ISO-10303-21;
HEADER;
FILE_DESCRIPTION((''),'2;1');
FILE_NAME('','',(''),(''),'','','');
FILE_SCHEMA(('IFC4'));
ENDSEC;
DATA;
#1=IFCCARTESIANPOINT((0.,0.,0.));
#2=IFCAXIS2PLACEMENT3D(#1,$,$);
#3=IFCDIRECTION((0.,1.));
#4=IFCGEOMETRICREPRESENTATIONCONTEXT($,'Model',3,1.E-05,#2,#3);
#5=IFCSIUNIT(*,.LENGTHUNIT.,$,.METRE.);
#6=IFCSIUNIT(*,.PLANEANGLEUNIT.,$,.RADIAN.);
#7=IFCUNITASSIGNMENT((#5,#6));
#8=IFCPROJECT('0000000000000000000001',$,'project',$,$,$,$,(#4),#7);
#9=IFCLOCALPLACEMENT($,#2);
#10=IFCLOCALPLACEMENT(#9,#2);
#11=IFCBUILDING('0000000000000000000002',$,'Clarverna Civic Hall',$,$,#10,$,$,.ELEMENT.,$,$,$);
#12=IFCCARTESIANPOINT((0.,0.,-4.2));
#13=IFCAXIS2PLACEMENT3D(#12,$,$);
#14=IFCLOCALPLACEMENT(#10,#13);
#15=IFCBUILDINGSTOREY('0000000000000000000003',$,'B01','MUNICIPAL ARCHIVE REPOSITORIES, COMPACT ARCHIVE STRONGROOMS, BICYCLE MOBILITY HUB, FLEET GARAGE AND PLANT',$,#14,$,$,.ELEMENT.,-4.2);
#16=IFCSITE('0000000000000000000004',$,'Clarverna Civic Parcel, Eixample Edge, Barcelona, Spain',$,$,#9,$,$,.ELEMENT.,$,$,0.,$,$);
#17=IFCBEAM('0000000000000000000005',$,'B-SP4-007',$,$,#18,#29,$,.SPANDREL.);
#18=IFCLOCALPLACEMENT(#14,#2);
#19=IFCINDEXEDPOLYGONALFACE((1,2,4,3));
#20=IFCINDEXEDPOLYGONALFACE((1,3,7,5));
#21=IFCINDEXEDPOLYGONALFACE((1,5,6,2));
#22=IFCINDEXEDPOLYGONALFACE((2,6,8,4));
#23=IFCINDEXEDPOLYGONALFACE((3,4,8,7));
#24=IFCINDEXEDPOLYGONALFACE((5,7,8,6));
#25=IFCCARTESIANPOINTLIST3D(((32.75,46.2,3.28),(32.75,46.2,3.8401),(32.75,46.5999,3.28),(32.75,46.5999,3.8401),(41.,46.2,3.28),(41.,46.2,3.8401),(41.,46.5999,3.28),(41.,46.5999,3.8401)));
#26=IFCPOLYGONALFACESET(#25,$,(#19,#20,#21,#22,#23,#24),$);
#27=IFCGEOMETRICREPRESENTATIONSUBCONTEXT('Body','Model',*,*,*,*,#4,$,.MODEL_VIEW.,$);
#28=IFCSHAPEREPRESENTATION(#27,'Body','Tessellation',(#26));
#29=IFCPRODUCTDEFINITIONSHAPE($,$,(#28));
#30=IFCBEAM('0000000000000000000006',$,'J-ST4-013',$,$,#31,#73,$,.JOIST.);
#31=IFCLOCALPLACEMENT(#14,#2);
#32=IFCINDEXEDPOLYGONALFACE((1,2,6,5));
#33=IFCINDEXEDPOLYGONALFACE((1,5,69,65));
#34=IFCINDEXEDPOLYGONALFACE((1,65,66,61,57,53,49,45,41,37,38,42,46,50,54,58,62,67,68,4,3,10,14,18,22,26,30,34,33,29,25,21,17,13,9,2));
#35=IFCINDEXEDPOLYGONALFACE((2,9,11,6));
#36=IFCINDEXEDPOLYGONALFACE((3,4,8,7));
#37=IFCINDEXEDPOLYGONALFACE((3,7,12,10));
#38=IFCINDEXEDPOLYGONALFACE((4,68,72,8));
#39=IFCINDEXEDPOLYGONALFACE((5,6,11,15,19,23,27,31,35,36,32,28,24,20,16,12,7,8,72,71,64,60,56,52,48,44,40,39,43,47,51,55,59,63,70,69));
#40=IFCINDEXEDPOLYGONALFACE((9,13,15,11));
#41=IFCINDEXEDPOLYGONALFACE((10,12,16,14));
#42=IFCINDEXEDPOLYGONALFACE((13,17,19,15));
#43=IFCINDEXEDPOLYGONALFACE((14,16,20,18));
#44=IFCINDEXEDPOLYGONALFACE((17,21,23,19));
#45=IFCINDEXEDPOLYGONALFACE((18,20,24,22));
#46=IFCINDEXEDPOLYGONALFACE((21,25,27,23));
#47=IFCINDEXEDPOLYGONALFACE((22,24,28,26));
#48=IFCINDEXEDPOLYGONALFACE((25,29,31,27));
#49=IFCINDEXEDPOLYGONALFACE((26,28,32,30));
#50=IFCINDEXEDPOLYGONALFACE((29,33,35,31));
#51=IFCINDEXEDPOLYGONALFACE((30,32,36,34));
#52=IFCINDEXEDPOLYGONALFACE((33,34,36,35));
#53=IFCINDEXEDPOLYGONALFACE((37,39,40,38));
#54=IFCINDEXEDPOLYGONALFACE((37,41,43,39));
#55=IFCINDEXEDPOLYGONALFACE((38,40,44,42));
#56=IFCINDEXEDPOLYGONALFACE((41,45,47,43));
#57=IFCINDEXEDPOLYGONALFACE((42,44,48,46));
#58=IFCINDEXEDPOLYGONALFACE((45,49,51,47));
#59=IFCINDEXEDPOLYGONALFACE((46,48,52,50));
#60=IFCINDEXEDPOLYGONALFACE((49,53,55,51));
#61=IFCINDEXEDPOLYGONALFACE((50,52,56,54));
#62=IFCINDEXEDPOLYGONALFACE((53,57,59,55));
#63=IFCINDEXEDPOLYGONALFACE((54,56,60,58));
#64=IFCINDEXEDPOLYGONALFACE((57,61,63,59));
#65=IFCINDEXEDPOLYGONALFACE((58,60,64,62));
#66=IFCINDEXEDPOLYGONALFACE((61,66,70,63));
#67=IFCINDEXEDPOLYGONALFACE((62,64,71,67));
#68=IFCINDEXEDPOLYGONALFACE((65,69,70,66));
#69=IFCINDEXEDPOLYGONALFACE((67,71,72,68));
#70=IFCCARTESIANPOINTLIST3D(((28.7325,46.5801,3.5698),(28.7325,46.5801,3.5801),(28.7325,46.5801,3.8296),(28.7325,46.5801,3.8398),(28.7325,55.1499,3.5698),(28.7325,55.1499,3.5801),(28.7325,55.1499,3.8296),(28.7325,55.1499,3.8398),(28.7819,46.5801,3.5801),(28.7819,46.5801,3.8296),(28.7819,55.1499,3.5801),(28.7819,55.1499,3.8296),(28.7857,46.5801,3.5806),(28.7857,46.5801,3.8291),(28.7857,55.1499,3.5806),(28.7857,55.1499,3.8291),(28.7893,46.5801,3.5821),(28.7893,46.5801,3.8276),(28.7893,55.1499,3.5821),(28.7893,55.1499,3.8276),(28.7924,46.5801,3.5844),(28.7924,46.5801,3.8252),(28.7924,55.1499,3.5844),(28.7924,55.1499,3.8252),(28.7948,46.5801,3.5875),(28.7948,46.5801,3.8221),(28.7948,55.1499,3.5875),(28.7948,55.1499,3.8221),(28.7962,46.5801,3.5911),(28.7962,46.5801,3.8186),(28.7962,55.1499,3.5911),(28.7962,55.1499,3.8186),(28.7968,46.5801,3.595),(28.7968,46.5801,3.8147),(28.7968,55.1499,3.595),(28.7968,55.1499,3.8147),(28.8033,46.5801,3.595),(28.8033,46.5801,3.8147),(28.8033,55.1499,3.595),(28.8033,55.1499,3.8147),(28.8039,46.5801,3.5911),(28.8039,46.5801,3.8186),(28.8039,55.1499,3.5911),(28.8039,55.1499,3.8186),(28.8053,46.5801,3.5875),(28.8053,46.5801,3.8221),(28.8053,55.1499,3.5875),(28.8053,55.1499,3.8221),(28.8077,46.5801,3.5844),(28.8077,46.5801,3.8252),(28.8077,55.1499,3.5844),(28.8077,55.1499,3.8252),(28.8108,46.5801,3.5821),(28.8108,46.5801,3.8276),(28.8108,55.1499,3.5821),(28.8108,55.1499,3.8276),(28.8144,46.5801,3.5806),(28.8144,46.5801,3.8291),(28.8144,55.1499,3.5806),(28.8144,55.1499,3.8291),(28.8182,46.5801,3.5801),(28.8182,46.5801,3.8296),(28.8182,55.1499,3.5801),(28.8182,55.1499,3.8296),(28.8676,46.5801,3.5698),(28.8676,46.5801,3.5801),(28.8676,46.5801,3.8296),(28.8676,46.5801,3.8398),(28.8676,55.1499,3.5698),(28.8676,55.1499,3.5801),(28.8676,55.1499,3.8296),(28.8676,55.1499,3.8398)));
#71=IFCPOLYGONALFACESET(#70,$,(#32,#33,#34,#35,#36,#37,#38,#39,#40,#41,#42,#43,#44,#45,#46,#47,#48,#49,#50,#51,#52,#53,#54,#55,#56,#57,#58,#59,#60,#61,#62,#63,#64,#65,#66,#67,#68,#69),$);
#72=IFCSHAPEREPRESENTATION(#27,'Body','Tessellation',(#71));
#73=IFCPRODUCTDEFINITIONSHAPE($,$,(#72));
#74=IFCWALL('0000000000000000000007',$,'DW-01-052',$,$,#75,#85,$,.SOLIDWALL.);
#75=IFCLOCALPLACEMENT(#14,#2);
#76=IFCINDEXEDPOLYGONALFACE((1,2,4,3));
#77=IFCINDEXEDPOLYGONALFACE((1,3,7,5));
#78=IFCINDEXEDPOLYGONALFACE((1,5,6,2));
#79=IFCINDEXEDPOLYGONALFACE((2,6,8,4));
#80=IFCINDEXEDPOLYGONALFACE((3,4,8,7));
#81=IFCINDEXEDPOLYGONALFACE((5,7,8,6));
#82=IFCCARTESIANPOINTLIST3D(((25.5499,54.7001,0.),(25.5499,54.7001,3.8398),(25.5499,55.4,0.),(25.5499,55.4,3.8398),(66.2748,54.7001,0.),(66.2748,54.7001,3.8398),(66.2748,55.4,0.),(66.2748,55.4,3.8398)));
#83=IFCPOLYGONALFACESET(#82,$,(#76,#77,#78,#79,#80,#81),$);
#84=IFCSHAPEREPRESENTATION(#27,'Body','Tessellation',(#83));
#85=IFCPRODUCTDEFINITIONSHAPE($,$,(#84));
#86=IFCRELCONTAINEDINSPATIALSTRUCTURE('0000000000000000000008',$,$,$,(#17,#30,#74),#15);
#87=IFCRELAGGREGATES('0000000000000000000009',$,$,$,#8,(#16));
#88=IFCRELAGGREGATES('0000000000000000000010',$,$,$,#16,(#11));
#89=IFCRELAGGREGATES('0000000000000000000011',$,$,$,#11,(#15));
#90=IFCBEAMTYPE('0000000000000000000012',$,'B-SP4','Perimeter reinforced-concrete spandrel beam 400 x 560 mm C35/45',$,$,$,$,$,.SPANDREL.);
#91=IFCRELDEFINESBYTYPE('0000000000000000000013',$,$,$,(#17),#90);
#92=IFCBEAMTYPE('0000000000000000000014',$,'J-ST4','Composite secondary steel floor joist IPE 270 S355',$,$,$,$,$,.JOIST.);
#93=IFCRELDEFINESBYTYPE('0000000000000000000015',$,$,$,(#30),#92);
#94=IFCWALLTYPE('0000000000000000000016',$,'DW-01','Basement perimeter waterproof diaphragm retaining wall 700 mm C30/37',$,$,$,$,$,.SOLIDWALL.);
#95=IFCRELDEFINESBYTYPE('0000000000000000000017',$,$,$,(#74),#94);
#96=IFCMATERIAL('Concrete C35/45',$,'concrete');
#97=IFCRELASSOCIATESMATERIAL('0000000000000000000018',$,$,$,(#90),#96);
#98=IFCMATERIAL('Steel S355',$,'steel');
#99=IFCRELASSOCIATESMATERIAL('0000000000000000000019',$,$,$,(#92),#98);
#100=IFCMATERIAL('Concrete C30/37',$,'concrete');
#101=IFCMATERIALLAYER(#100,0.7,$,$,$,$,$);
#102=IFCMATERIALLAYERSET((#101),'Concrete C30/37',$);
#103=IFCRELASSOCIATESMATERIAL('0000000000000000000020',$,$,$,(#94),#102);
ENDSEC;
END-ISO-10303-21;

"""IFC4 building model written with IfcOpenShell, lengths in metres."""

from ifc_helpers import new_model, si_unit, direction, frame, frame_2d, origin, origin_2d, place, context, subcontext, project, spatial, rectangle, i_section, extrude, material, layer, layer_set, material_profile, profile_set, type_object, element, save


model = new_model("IFC4")

# Units and contexts
model_context = context("Model", 3, precision=1e-05, world=origin(), true_north=direction((0.0, 1.0)))
body_context = subcontext(model_context, "Body", "Model", "MODEL_VIEW")
ifc_project = project(units=[si_unit("LENGTHUNIT", "METRE"), si_unit("PLANEANGLEUNIT", "RADIAN")], contexts=[model_context])

# Site, building, storey
site_placement = place(None, origin())
site = spatial("IfcSite", under=ifc_project, at=site_placement, Name="Clarverna Civic Parcel, Eixample Edge, Barcelona, Spain", CompositionType="ELEMENT", RefElevation=0.0)
building_placement = place(site_placement, origin())
building = spatial("IfcBuilding", under=site, at=building_placement, Name="Clarverna Civic Hall", CompositionType="ELEMENT")
storey_placement = place(building_placement, frame((0.0, 0.0, -4.2)))
storey = spatial("IfcBuildingStorey", under=building, at=storey_placement, Name="B01", Description="MUNICIPAL ARCHIVE REPOSITORIES, COMPACT ARCHIVE STRONGROOMS, BICYCLE MOBILITY HUB, FLEET GARAGE AND PLANT", CompositionType="ELEMENT", Elevation=-4.2)

# Shared definitions
ifc_material_1 = material(Name="Concrete C30/37", Category="concrete")

# Beams
ifc_material_2 = material(Name="Concrete C35/45", Category="concrete")
ifc_material_profile_1 = material_profile(ifc_material_2, rectangle(XDim=0.3999, YDim=0.5601, at=origin_2d()), Name="RC 400x560")
ifc_profile_set_1 = profile_set([ifc_material_profile_1], Name="Concrete C35/45")
beam_type_1 = type_object("IfcBeamType", Name="B-SP4", Description="Perimeter reinforced-concrete spandrel beam 400 x 560 mm C35/45", PredefinedType="SPANDREL", material=ifc_profile_set_1)
beam_1_placement = place(storey_placement, frame((32.75, 46.3999, 3.5601), z_axis=(1.0, 0.0, 0.0), x_axis=(0.0, 1.0, 0.0)))
element("IfcBeam", 1, at=beam_1_placement, inside=storey, type_object=beam_type_1, Name="B-SP4-007", PredefinedType="SPANDREL", context=body_context, shape_type="SweptSolid", body=[
    extrude(rectangle(XDim=0.3999, YDim=0.5601, at=origin_2d()), origin(), (0.0, 0.0, 1.0), 8.25),
])
ifc_material_3 = material(Name="Steel S355", Category="steel")
ifc_material_profile_2 = material_profile(ifc_material_3, i_section(OverallWidth=0.135, OverallDepth=0.27, WebThickness=0.0066, FlangeThickness=0.0103, FilletRadius=0.0149, at=origin_2d()), Name="IPE 270")
ifc_profile_set_2 = profile_set([ifc_material_profile_2], Name="Steel S355")
beam_type_2 = type_object("IfcBeamType", Name="J-ST4", Description="Composite secondary steel floor joist IPE 270 S355", PredefinedType="JOIST", material=ifc_profile_set_2)
beam_2_placement = place(storey_placement, frame((28.8, 46.5801, 3.7048), z_axis=(0.0, 1.0, 0.0), x_axis=(-1.0, 0.0, 0.0)))
element("IfcBeam", 2, at=beam_2_placement, inside=storey, type_object=beam_type_2, Name="J-ST4-013", PredefinedType="JOIST", context=body_context, shape_type="SweptSolid", body=[
    extrude(i_section(OverallWidth=0.135, OverallDepth=0.27, WebThickness=0.0066, FlangeThickness=0.0103, FilletRadius=0.0149, at=origin_2d()), origin(), (0.0, 0.0, 1.0), 8.5698),
])

# Wall
ifc_layer = layer(ifc_material_1, 0.7)
ifc_layer_set = layer_set([ifc_layer], Name="Concrete C30/37")
wall_type = type_object("IfcWallType", Name="DW-01", Description="Basement perimeter waterproof diaphragm retaining wall 700 mm C30/37", PredefinedType="SOLIDWALL", material=ifc_layer_set)
wall_placement = place(storey_placement, frame((25.55, 55.05, 0.0), z_axis=(0.0, 0.0, 1.0), x_axis=(1.0, 0.0, 0.0)))
element("IfcWall", 3, at=wall_placement, inside=storey, type_object=wall_type, Name="DW-01-052", PredefinedType="SOLIDWALL", context=body_context, shape_type="SweptSolid", body=[
    extrude(rectangle(XDim=40.7249, YDim=0.7, at=frame_2d((20.3623, 0.0))), origin(), (0.0, 0.0, 1.0), 3.8398),
])

save(model, "model.ifc")
